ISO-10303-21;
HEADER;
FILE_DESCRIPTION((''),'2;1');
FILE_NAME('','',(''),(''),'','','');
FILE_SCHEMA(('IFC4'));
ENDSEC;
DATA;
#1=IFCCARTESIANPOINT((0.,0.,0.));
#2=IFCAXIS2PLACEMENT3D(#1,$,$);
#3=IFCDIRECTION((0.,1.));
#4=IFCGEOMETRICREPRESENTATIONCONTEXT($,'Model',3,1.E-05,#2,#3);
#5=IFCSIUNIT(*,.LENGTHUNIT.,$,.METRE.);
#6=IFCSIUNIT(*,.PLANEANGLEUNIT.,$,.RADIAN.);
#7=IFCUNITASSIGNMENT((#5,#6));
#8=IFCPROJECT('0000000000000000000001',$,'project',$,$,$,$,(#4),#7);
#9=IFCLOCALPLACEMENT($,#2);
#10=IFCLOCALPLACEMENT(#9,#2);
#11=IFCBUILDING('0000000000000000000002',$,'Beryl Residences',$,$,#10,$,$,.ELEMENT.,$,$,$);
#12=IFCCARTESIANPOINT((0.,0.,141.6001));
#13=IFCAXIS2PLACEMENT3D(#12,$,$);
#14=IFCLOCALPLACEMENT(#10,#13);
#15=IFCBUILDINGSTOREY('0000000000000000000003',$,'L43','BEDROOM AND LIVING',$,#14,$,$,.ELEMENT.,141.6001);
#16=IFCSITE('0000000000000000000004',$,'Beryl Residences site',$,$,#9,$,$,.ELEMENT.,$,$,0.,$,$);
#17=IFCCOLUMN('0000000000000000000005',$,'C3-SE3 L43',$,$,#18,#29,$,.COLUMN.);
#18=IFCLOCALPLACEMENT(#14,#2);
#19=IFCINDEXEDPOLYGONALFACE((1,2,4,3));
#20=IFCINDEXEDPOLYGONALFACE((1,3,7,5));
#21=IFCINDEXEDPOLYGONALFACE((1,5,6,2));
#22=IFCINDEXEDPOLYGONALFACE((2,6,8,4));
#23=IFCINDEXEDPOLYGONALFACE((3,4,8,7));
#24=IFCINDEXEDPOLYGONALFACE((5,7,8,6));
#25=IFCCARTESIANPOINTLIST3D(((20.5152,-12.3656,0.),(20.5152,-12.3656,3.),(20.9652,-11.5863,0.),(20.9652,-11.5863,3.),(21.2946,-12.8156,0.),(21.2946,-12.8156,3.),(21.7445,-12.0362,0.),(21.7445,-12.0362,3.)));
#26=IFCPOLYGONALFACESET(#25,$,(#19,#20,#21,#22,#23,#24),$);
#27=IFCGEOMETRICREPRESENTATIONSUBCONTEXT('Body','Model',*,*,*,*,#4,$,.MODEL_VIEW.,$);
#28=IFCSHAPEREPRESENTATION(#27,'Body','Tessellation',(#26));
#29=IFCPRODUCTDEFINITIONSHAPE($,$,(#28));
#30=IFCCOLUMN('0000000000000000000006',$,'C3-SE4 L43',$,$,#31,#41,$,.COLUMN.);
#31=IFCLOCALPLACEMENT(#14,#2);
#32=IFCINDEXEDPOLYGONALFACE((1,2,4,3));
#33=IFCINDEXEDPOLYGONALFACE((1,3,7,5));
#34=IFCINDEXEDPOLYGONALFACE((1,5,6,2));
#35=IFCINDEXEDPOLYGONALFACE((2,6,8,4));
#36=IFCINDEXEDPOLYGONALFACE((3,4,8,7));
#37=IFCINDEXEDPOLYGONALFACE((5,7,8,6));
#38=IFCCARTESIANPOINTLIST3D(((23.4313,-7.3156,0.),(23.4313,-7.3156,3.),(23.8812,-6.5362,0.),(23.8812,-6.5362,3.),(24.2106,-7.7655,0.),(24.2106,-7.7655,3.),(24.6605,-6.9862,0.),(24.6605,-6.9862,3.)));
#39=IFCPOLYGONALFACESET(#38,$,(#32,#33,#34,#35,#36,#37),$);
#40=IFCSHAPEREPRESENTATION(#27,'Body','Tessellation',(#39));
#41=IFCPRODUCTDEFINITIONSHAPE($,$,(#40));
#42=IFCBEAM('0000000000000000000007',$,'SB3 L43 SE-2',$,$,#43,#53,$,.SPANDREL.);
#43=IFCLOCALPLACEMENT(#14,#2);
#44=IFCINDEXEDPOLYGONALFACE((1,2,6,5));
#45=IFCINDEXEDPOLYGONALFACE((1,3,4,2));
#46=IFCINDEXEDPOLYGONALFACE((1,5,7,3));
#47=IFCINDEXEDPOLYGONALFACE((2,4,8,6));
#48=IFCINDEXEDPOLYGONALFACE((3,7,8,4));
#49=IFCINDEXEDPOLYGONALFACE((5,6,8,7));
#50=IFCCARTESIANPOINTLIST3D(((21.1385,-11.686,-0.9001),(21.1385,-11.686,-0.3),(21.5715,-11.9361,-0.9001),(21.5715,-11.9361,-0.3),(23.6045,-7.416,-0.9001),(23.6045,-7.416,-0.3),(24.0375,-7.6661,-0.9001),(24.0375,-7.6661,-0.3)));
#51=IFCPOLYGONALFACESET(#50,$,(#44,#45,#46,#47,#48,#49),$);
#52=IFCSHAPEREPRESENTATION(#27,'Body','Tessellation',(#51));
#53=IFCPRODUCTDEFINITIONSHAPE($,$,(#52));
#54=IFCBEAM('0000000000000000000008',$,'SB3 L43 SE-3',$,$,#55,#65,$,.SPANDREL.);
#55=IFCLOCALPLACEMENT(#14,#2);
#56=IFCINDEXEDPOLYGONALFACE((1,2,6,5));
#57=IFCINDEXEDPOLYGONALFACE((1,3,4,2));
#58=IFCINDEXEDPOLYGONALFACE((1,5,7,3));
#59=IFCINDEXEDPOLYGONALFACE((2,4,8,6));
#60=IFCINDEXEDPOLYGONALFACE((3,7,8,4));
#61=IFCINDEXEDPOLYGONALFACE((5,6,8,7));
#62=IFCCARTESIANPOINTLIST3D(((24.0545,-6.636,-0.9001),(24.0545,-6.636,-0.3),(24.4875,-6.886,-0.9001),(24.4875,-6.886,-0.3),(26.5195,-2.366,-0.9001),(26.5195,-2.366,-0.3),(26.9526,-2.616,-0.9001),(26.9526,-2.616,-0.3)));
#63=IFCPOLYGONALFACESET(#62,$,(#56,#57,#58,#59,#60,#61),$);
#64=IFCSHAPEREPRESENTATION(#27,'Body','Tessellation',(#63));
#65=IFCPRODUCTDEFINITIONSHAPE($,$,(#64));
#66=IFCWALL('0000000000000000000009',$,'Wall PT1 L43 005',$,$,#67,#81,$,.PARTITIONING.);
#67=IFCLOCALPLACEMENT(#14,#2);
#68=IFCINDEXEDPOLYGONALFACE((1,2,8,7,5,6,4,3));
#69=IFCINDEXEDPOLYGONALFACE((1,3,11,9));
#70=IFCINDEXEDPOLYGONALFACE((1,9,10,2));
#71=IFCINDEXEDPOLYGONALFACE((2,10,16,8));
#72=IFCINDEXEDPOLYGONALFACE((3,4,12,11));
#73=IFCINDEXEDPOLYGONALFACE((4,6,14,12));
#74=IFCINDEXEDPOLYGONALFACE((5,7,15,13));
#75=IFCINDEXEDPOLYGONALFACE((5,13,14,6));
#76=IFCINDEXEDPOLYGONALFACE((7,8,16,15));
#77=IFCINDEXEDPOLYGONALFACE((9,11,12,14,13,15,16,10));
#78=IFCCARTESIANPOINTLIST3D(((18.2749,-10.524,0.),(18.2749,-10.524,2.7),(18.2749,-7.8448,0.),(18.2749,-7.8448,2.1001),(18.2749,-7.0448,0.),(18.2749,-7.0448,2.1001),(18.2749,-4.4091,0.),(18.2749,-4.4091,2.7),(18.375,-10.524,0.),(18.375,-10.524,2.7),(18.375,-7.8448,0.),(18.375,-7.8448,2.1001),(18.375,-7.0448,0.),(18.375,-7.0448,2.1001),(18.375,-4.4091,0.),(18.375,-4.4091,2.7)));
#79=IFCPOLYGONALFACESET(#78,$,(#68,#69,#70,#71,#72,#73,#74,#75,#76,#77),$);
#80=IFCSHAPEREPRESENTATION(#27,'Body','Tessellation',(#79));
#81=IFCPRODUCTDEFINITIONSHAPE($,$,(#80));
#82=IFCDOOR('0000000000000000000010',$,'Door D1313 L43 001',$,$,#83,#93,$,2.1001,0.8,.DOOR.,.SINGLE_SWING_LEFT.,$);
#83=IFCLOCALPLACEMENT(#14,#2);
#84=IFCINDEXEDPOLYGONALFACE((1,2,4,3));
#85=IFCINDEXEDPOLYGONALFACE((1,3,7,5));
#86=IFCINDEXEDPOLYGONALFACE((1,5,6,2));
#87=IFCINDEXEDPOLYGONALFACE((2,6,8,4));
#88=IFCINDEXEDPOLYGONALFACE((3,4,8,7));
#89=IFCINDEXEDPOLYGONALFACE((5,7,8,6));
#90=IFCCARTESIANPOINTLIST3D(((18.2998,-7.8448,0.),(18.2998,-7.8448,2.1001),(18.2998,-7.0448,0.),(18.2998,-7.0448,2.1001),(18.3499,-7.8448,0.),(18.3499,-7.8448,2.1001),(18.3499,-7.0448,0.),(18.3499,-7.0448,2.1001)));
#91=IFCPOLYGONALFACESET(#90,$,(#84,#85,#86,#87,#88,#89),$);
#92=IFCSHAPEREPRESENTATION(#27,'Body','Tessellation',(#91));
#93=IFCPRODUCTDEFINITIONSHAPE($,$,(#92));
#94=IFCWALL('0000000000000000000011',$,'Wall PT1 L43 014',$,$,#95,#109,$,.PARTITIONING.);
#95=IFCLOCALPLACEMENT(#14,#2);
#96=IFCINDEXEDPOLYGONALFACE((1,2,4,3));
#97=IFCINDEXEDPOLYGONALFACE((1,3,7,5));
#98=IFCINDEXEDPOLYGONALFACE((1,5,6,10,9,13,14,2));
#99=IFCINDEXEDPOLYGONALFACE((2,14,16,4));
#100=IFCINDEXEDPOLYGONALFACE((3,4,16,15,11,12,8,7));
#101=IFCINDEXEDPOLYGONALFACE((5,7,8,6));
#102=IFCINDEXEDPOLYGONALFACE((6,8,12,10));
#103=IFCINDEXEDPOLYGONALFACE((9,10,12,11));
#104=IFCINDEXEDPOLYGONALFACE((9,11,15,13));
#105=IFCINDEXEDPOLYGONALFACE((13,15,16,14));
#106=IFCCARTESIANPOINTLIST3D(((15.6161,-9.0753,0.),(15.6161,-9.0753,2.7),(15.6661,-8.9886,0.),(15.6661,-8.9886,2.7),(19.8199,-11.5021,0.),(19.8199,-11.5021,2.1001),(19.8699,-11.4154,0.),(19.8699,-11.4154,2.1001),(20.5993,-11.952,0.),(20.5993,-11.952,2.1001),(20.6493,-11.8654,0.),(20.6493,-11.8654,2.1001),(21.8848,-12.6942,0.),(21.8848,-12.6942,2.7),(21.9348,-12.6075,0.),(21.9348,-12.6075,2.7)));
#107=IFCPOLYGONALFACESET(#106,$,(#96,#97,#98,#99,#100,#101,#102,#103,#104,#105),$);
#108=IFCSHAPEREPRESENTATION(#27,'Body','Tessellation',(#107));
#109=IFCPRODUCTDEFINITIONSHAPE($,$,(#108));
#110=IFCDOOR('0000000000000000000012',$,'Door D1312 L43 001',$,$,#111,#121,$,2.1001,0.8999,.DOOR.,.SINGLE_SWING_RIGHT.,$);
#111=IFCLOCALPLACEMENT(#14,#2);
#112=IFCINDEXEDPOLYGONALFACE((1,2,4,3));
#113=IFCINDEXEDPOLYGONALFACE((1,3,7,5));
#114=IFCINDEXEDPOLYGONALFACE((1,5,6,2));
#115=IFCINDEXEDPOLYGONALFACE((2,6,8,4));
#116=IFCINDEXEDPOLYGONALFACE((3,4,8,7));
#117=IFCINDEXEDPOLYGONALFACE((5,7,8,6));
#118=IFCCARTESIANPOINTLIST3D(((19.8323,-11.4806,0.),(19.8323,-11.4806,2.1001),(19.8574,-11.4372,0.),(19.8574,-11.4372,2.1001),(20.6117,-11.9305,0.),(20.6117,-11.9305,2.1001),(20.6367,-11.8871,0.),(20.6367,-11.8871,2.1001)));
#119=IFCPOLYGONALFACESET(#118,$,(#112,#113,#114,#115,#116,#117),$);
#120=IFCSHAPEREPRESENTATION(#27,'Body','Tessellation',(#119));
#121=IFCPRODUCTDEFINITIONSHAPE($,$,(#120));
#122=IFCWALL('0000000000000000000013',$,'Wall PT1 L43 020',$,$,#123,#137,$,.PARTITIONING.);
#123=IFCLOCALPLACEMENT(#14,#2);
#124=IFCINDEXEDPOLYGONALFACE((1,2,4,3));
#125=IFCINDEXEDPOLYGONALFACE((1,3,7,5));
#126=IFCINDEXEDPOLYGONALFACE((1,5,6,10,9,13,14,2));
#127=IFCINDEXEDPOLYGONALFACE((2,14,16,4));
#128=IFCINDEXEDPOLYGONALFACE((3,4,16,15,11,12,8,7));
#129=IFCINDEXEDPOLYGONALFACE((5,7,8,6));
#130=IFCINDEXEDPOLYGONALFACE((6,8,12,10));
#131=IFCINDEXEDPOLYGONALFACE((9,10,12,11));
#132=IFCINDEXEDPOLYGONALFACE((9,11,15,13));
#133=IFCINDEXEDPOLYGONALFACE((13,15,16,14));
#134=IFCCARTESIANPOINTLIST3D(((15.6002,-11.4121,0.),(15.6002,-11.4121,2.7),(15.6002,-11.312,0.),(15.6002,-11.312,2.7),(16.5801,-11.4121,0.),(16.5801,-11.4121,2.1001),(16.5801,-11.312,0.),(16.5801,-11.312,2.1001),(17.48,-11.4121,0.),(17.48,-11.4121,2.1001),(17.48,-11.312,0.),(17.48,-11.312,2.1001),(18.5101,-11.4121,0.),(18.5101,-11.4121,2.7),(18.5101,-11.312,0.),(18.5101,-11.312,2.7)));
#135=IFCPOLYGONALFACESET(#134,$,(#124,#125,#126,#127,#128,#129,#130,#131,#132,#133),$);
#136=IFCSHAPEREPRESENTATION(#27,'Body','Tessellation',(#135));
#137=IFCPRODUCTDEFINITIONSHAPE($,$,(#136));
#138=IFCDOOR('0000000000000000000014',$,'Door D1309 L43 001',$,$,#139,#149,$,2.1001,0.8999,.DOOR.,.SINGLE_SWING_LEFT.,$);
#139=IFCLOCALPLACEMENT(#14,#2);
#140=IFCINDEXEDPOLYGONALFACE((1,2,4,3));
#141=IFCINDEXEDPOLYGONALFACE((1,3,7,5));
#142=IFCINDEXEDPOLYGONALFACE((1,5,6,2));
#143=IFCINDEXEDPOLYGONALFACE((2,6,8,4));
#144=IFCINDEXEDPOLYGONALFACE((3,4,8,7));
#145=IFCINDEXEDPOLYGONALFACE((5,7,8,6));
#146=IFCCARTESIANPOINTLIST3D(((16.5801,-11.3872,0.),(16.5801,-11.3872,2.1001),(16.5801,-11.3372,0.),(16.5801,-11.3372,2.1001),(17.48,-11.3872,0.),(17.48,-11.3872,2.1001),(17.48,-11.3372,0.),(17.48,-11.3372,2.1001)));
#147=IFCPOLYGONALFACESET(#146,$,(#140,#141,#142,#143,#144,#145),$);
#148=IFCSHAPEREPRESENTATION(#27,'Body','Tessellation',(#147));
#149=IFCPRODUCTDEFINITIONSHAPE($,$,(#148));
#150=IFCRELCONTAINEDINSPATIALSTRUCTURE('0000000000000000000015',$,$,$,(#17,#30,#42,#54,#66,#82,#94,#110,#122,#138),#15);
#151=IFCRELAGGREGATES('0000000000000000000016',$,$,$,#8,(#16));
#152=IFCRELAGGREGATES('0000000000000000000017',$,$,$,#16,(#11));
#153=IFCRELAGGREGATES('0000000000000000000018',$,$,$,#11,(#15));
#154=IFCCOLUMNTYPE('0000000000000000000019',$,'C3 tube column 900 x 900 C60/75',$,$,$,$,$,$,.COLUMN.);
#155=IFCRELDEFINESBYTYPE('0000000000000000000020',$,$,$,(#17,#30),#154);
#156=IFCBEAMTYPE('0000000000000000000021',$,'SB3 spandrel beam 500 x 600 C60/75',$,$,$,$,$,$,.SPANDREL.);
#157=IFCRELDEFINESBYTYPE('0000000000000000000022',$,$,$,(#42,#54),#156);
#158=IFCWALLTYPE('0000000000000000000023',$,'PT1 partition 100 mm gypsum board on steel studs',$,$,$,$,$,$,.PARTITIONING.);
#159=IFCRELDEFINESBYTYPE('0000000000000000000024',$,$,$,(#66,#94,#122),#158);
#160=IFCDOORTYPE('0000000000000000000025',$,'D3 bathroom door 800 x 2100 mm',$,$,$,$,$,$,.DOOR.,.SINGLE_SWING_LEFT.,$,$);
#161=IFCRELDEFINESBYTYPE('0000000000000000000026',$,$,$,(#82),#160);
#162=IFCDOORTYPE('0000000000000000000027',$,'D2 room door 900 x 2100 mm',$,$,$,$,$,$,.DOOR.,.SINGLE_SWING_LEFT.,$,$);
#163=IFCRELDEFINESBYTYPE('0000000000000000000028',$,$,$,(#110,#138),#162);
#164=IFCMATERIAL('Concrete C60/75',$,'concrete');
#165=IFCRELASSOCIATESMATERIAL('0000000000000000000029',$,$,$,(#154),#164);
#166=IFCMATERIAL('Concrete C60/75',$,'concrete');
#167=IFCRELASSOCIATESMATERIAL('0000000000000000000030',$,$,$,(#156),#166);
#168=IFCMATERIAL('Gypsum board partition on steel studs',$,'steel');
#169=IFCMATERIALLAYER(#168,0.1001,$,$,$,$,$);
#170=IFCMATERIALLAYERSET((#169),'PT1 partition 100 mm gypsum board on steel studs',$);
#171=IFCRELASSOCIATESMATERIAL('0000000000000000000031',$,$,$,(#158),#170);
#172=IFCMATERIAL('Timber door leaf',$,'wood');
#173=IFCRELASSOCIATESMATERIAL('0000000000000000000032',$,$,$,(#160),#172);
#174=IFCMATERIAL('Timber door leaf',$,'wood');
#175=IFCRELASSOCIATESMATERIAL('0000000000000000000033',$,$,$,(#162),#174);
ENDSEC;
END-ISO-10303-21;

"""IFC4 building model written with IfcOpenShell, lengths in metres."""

from ifc_helpers import new_model, si_unit, direction, frame, frame_2d, origin, origin_2d, place, context, subcontext, project, spatial, rectangle, extrude, material, layer, layer_set, material_profile, profile_set, type_object, element, fill, save


model = new_model("IFC4")

# Units and contexts
model_context = context("Model", 3, precision=1e-05, world=origin(), true_north=direction((0.0, 1.0)))
body_context = subcontext(model_context, "Body", "Model", "MODEL_VIEW")
ifc_project = project(units=[si_unit("LENGTHUNIT", "METRE"), si_unit("PLANEANGLEUNIT", "RADIAN")], contexts=[model_context])

# Site, building, storey
site_placement = place(None, origin())
site = spatial("IfcSite", under=ifc_project, at=site_placement, Name="Beryl Residences site", CompositionType="ELEMENT", RefElevation=0.0)
building_placement = place(site_placement, origin())
building = spatial("IfcBuilding", under=site, at=building_placement, Name="Beryl Residences", CompositionType="ELEMENT")
storey_placement = place(building_placement, frame((0.0, 0.0, 141.6001)))
storey = spatial("IfcBuildingStorey", under=building, at=storey_placement, Name="L43", Description="BEDROOM AND LIVING", CompositionType="ELEMENT", Elevation=141.6001)

# Columns
ifc_material_1 = material(Name="Concrete C60/75", Category="concrete")
ifc_material_profile_1 = material_profile(ifc_material_1, rectangle(XDim=0.8999, YDim=0.8999, at=origin_2d()))
ifc_profile_set_1 = profile_set([ifc_material_profile_1], Name="Concrete C60/75")
column_type = type_object("IfcColumnType", Name="C3 tube column 900 x 900 C60/75", PredefinedType="COLUMN", material=ifc_profile_set_1)
for number, where, z_axis, x_axis, name in (
    (1, (21.1299, -12.2009, 0.0), (0.0, 0.0, 1.0), (0.5, 0.866025, 0.0), "C3-SE3 L43"),
    (2, (24.0459, -7.1509, 0.0), (0.0, 0.0, 1.0), (0.5, 0.866025, 0.0), "C3-SE4 L43"),
):
    element("IfcColumn", number, at=place(storey_placement, frame(where, z_axis=z_axis, x_axis=x_axis)), inside=storey, type_object=column_type, Name=name, PredefinedType="COLUMN", context=body_context, shape_type="SweptSolid", body=[
        extrude(rectangle(XDim=0.8999, YDim=0.8999, at=origin_2d()), origin(), (0.0, 0.0, 1.0), 3.0),
    ])

# Beams
ifc_material_2 = material(Name="Concrete C60/75", Category="concrete")
ifc_material_profile_2 = material_profile(ifc_material_2, rectangle(XDim=0.5, YDim=0.6001, at=origin_2d()))
ifc_profile_set_2 = profile_set([ifc_material_profile_2], Name="Concrete C60/75")
beam_type = type_object("IfcBeamType", Name="SB3 spandrel beam 500 x 600 C60/75", PredefinedType="SPANDREL", material=ifc_profile_set_2)
beam_1_placement = place(storey_placement, frame((21.355, -11.811, -0.6001), z_axis=(0.500117, 0.865958, 0.0), x_axis=(-0.865958, 0.500117, 0.0)))
element("IfcBeam", 3, at=beam_1_placement, inside=storey, type_object=beam_type, Name="SB3 L43 SE-2", PredefinedType="SPANDREL", context=body_context, shape_type="SweptSolid", body=[
    extrude(rectangle(XDim=0.5, YDim=0.6001, at=origin_2d()), origin(), (0.0, 0.0, 1.0), 4.9309),
])
beam_2_placement = place(storey_placement, frame((24.271, -6.761, -0.6001), z_axis=(0.499968, 0.866044, 0.0), x_axis=(-0.866044, 0.499968, 0.0)))
element("IfcBeam", 4, at=beam_2_placement, inside=storey, type_object=beam_type, Name="SB3 L43 SE-3", PredefinedType="SPANDREL", context=body_context, shape_type="SweptSolid", body=[
    extrude(rectangle(XDim=0.5, YDim=0.6001, at=origin_2d()), origin(), (0.0, 0.0, 1.0), 4.9304),
])

# Walls, openings, doors
ifc_material_3 = material(Name="Gypsum board partition on steel studs", Category="steel")
ifc_layer_1 = layer(ifc_material_3, 0.1001)
ifc_layer_set_1 = layer_set([ifc_layer_1], Name="PT1 partition 100 mm gypsum board on steel studs")
wall_type_1 = type_object("IfcWallType", Name="PT1 partition 100 mm gypsum board on steel studs", PredefinedType="PARTITIONING", material=ifc_layer_set_1)
wall_1_placement = place(storey_placement, frame((18.325, -4.4089, 0.0), z_axis=(0.0, 0.0, 1.0), x_axis=(0.0, -1.0, 0.0)))
wall_1 = element("IfcWall", 5, at=wall_1_placement, inside=storey, type_object=wall_type_1, Name="Wall PT1 L43 005", PredefinedType="PARTITIONING", context=body_context, shape_type="SweptSolid", body=[
    extrude(rectangle(XDim=6.115, YDim=0.1001, at=frame_2d((3.0576, 0.0))), origin(), (0.0, 0.0, 1.0), 2.7),
])
opening_1_placement = place(wall_1_placement, frame((2.636, 0.0, 0.0)))
opening_1 = element("IfcOpeningElement", 6, at=opening_1_placement, cuts=wall_1, PredefinedType="OPENING", context=body_context, shape_type="SweptSolid", body=[
    extrude(rectangle(XDim=0.8, YDim=2.1001, at=frame_2d((0.3999, 1.05))), frame((0.0, 0.0601, 0.0), z_axis=(0.0, -1.0, 0.0), x_axis=(1.0, 0.0, 0.0)), (0.0, 0.0, 1.0), 0.1201),
])
ifc_material_4 = material(Name="Timber door leaf", Category="wood")
door_type_1 = type_object("IfcDoorType", Name="D3 bathroom door 800 x 2100 mm", OperationType="SINGLE_SWING_LEFT", PredefinedType="DOOR", material=ifc_material_4)
door_1_placement = place(opening_1_placement, origin())
door_1 = element("IfcDoor", 7, at=door_1_placement, inside=storey, type_object=door_type_1, Name="Door D1313 L43 001", OperationType="SINGLE_SWING_LEFT", OverallHeight=2.1001, OverallWidth=0.8, PredefinedType="DOOR", context=body_context, shape_type="SweptSolid", body=[
    extrude(rectangle(XDim=0.8, YDim=2.1001, at=frame_2d((0.3999, 1.05))), frame((0.0, 0.0249, 0.0), z_axis=(0.0, -1.0, 0.0), x_axis=(1.0, 0.0, 0.0)), (0.0, 0.0, 1.0), 0.05),
])
fill(opening_1, door_1)
wall_2_placement = place(storey_placement, frame((15.6411, -9.032, 0.0), z_axis=(0.0, 0.0, 1.0), x_axis=(0.866049, -0.499959, 0.0)))
wall_2 = element("IfcWall", 8, at=wall_2_placement, inside=storey, type_object=wall_type_1, Name="Wall PT1 L43 014", PredefinedType="PARTITIONING", context=body_context, shape_type="SweptSolid", body=[
    extrude(rectangle(XDim=7.2383, YDim=0.1001, at=frame_2d((3.6191, 0.0))), origin(), (0.0, 0.0, 1.0), 2.7),
])
opening_2_placement = place(wall_2_placement, frame((4.854, 0.0, 0.0)))
opening_2 = element("IfcOpeningElement", 9, at=opening_2_placement, cuts=wall_2, PredefinedType="OPENING", context=body_context, shape_type="SweptSolid", body=[
    extrude(rectangle(XDim=0.8999, YDim=2.1001, at=frame_2d((0.45, 1.05))), frame((0.0, 0.0601, 0.0), z_axis=(0.0, -1.0, 0.0), x_axis=(1.0, 0.0, 0.0)), (0.0, 0.0, 1.0), 0.1201),
])
ifc_material_5 = material(Name="Timber door leaf", Category="wood")
door_type_2 = type_object("IfcDoorType", Name="D2 room door 900 x 2100 mm", OperationType="SINGLE_SWING_LEFT", PredefinedType="DOOR", material=ifc_material_5)
door_2_placement = place(opening_2_placement, origin())
door_2 = element("IfcDoor", 10, at=door_2_placement, inside=storey, type_object=door_type_2, Name="Door D1312 L43 001", OperationType="SINGLE_SWING_RIGHT", OverallHeight=2.1001, OverallWidth=0.8999, PredefinedType="DOOR", context=body_context, shape_type="SweptSolid", body=[
    extrude(rectangle(XDim=0.8999, YDim=2.1001, at=frame_2d((0.45, 1.05))), frame((0.0, 0.0249, 0.0), z_axis=(0.0, -1.0, 0.0), x_axis=(1.0, 0.0, 0.0)), (0.0, 0.0, 1.0), 0.05),
])
fill(opening_2, door_2)
wall_3_placement = place(storey_placement, frame((15.6001, -11.3621, 0.0), z_axis=(0.0, 0.0, 1.0), x_axis=(1.0, 0.0, 0.0)))
wall_3 = element("IfcWall", 11, at=wall_3_placement, inside=storey, type_object=wall_type_1, Name="Wall PT1 L43 020", PredefinedType="PARTITIONING", context=body_context, shape_type="SweptSolid", body=[
    extrude(rectangle(XDim=2.9099, YDim=0.1001, at=frame_2d((1.4551, 0.0))), origin(), (0.0, 0.0, 1.0), 2.7),
])
opening_3_placement = place(wall_3_placement, frame((0.98, 0.0, 0.0)))
opening_3 = element("IfcOpeningElement", 12, at=opening_3_placement, cuts=wall_3, PredefinedType="OPENING", context=body_context, shape_type="SweptSolid", body=[
    extrude(rectangle(XDim=0.8999, YDim=2.1001, at=frame_2d((0.45, 1.05))), frame((0.0, 0.0601, 0.0), z_axis=(0.0, -1.0, 0.0), x_axis=(1.0, 0.0, 0.0)), (0.0, 0.0, 1.0), 0.1201),
])
door_3_placement = place(opening_3_placement, origin())
door_3 = element("IfcDoor", 13, at=door_3_placement, inside=storey, type_object=door_type_2, Name="Door D1309 L43 001", OperationType="SINGLE_SWING_LEFT", OverallHeight=2.1001, OverallWidth=0.8999, PredefinedType="DOOR", context=body_context, shape_type="SweptSolid", body=[
    extrude(rectangle(XDim=0.8999, YDim=2.1001, at=frame_2d((0.45, 1.05))), frame((0.0, 0.0249, 0.0), z_axis=(0.0, -1.0, 0.0), x_axis=(1.0, 0.0, 0.0)), (0.0, 0.0, 1.0), 0.05),
])
fill(opening_3, door_3)

save(model, "model.ifc")
